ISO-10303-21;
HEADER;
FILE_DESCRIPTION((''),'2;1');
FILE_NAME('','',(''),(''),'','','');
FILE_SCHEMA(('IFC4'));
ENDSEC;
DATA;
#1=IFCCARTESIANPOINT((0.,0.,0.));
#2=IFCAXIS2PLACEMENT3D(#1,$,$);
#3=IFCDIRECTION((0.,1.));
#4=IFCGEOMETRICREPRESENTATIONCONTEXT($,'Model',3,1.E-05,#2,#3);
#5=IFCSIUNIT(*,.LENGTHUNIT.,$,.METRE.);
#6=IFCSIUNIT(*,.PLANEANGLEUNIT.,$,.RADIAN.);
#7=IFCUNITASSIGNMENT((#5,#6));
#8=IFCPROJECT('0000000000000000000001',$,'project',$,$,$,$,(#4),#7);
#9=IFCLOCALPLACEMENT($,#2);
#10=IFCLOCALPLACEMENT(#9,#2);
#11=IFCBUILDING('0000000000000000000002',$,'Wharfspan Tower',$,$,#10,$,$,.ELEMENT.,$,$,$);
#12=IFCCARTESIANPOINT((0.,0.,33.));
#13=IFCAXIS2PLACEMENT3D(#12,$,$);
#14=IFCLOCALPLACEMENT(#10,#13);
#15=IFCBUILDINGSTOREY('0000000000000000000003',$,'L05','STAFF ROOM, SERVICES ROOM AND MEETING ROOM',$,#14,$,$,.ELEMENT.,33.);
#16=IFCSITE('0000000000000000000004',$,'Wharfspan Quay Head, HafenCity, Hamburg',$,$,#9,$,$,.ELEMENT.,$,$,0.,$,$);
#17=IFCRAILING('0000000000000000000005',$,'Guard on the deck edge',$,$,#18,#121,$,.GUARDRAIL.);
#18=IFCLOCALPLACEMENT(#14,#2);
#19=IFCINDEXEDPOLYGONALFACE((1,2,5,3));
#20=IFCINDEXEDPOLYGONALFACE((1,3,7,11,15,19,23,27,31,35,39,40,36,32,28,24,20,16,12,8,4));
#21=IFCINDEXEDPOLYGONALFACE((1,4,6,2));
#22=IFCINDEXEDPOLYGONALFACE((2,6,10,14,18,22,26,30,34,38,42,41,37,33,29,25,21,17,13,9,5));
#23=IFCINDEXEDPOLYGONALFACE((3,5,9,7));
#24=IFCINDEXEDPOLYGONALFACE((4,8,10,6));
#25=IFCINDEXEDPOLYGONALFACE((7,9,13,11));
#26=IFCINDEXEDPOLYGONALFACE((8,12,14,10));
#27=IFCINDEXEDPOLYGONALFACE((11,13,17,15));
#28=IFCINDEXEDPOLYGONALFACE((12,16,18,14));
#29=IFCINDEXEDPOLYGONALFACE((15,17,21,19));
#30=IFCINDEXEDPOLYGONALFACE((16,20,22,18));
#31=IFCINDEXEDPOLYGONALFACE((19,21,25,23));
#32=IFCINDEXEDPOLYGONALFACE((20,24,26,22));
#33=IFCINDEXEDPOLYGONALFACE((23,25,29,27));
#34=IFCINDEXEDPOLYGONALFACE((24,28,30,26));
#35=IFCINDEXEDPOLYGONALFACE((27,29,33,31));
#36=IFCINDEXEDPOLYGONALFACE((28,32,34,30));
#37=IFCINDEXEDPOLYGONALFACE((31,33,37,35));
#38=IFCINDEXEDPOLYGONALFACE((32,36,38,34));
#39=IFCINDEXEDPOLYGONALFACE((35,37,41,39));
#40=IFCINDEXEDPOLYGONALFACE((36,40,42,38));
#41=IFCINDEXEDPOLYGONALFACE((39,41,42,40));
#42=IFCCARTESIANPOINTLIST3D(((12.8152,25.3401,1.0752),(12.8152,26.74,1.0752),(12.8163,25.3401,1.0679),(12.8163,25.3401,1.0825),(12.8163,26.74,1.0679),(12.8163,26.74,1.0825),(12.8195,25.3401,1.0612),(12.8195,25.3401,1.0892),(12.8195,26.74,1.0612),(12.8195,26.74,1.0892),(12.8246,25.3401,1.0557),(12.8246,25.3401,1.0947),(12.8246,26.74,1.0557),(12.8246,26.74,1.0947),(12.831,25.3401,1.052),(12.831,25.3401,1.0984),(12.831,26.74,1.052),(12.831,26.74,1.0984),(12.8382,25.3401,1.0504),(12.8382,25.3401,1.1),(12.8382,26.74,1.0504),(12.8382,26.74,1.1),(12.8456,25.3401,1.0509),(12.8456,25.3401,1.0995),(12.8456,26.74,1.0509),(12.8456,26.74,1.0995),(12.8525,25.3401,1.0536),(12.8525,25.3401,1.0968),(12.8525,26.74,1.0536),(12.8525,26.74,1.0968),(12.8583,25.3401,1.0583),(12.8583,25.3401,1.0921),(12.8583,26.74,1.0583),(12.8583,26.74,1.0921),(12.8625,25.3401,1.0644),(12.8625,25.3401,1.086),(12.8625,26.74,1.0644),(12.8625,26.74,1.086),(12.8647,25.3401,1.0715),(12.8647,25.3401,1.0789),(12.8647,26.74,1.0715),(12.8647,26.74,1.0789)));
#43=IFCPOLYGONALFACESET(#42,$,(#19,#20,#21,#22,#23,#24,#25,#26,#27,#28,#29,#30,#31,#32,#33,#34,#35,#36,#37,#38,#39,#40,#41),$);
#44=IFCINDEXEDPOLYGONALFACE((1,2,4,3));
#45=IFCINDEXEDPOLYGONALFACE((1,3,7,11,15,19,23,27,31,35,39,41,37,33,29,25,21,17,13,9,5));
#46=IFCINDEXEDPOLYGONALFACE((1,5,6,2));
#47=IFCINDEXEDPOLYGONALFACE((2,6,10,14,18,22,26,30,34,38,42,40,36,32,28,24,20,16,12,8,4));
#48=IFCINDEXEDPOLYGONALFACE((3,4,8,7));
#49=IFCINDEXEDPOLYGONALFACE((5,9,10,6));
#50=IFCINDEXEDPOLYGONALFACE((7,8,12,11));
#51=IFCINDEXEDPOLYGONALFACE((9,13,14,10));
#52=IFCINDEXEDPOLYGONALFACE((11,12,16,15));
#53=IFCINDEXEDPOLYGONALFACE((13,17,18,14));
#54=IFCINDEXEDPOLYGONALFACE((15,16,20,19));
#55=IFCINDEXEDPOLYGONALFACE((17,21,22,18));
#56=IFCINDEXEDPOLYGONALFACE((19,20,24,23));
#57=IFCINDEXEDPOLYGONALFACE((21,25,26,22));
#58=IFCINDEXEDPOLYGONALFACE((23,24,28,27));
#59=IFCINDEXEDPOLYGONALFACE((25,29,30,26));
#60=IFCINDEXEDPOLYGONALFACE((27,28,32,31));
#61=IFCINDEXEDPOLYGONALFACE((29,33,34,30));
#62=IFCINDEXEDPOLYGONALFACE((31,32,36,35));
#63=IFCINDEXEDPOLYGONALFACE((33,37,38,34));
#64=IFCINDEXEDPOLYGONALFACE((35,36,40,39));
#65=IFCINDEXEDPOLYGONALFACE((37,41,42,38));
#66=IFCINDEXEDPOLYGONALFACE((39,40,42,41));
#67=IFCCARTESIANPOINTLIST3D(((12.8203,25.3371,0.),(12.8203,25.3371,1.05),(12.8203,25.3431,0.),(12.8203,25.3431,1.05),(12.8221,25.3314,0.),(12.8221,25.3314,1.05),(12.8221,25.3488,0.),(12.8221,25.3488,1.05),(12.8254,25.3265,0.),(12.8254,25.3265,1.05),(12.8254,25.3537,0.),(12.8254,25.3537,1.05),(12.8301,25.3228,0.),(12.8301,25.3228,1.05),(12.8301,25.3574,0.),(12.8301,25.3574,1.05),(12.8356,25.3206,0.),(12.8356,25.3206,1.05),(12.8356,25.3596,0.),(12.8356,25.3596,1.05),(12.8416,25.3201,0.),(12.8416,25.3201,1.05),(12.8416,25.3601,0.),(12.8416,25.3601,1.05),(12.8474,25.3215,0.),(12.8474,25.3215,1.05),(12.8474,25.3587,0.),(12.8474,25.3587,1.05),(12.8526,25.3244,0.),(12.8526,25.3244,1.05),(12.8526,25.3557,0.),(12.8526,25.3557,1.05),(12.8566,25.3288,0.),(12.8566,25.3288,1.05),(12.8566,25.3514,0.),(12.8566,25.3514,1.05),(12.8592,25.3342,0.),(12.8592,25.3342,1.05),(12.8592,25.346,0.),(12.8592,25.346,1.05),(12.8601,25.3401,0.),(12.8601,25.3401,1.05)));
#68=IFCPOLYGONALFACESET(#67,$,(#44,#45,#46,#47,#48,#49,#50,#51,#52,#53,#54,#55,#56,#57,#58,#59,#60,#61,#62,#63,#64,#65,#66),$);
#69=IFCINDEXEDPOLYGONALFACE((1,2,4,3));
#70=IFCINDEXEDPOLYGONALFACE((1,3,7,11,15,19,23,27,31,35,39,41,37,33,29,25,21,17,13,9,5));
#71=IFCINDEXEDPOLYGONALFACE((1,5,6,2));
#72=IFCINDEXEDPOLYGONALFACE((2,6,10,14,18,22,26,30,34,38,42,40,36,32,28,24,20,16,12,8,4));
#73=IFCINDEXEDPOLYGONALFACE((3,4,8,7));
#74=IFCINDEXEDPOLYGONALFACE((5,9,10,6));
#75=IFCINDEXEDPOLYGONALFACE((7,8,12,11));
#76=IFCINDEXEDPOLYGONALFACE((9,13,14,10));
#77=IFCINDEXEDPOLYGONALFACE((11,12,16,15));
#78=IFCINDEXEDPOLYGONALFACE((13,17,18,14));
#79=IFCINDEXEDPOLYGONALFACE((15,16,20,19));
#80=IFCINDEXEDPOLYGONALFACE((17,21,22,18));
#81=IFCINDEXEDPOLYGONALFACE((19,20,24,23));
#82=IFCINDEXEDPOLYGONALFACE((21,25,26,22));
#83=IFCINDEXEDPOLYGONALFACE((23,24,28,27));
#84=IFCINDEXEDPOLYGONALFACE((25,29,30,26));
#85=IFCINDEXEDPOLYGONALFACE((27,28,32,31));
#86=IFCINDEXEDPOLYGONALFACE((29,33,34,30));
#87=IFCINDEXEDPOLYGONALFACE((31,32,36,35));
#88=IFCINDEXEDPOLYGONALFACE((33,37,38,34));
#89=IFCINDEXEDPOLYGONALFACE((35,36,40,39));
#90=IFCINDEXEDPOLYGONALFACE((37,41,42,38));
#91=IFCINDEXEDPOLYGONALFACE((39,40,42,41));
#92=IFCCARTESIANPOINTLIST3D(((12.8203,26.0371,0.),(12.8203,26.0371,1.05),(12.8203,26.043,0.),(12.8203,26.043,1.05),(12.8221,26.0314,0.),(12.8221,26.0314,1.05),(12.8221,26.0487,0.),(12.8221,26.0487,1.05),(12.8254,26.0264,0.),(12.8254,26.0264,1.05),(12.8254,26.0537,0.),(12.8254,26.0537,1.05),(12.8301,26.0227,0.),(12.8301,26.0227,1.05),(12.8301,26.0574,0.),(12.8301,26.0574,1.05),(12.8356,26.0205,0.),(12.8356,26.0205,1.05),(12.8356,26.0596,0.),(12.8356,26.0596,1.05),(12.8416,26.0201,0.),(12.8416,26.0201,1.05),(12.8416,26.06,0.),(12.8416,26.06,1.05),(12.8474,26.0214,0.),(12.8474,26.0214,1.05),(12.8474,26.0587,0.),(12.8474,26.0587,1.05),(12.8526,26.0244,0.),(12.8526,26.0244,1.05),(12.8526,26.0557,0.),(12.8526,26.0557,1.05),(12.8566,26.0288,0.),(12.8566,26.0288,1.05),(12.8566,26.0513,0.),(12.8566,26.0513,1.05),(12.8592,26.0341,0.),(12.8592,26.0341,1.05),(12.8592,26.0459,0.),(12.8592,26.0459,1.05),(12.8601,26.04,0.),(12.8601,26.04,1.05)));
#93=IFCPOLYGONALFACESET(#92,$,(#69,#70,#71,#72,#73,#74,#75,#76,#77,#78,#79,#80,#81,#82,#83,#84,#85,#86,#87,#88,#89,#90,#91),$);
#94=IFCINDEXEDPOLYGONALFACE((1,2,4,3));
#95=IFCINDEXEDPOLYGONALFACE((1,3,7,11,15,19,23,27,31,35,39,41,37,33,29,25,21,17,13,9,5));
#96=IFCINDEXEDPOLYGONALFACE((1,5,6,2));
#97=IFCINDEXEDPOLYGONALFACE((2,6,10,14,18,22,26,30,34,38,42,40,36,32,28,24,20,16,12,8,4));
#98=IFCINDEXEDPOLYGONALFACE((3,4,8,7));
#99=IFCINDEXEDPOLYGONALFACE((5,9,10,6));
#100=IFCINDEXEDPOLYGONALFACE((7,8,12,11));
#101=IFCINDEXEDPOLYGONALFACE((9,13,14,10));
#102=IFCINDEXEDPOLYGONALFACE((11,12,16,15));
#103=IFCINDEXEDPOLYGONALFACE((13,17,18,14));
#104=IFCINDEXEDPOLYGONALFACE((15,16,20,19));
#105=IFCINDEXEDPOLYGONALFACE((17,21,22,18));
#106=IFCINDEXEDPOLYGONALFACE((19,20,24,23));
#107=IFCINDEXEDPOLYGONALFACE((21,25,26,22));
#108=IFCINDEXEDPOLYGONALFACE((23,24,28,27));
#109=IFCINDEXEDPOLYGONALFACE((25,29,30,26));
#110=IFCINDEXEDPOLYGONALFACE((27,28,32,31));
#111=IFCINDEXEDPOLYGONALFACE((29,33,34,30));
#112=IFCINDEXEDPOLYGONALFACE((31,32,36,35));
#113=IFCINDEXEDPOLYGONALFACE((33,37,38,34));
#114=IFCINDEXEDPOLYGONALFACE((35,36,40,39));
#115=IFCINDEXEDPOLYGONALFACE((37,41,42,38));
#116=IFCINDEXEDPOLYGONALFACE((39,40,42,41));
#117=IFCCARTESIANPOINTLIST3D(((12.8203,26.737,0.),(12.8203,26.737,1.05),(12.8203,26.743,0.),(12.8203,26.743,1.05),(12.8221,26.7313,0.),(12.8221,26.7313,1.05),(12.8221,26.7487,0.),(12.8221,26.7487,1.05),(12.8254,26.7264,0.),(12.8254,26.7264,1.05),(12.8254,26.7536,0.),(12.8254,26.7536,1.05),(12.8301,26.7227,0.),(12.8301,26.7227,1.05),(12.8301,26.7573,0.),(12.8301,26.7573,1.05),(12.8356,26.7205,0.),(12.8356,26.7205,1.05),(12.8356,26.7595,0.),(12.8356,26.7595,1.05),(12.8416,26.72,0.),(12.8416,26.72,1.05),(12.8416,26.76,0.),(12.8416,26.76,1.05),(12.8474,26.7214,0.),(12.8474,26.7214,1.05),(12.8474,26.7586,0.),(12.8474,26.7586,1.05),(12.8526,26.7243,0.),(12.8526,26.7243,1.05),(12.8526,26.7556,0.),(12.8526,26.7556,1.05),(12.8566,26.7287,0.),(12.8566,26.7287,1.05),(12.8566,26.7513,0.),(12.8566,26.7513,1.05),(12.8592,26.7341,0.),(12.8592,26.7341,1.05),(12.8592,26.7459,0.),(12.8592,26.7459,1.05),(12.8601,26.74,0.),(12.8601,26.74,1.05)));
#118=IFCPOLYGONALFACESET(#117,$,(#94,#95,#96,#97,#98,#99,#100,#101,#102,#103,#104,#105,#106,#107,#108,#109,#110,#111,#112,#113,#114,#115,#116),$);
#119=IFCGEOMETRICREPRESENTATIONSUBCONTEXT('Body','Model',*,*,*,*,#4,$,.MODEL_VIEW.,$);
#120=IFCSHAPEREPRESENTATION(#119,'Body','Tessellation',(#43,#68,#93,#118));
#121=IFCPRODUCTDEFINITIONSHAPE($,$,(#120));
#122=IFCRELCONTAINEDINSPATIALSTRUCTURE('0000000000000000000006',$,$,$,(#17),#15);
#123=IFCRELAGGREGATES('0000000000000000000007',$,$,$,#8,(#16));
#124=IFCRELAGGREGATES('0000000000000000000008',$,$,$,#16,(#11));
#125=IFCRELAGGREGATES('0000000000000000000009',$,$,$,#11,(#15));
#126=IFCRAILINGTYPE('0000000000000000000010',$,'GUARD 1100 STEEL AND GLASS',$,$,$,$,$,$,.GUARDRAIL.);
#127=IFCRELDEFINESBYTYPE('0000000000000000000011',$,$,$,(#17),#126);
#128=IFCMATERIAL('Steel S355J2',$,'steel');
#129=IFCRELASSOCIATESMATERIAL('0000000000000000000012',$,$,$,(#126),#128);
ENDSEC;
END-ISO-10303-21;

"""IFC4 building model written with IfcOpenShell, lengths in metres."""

from ifc_helpers import new_model, si_unit, direction, frame, origin, origin_2d, place, context, subcontext, project, spatial, circle, extrude, material, type_object, element, save


model = new_model("IFC4")

# Units and contexts
model_context = context("Model", 3, precision=1e-05, world=origin(), true_north=direction((0.0, 1.0)))
body_context = subcontext(model_context, "Body", "Model", "MODEL_VIEW")
ifc_project = project(units=[si_unit("LENGTHUNIT", "METRE"), si_unit("PLANEANGLEUNIT", "RADIAN")], contexts=[model_context])

# Site, building, storey
site_placement = place(None, origin())
site = spatial("IfcSite", under=ifc_project, at=site_placement, Name="Wharfspan Quay Head, HafenCity, Hamburg", CompositionType="ELEMENT", RefElevation=0.0)
building_placement = place(site_placement, origin())
building = spatial("IfcBuilding", under=site, at=building_placement, Name="Wharfspan Tower", CompositionType="ELEMENT")
storey_placement = place(building_placement, frame((0.0, 0.0, 33.0)))
storey = spatial("IfcBuildingStorey", under=building, at=storey_placement, Name="L05", Description="STAFF ROOM, SERVICES ROOM AND MEETING ROOM", CompositionType="ELEMENT", Elevation=33.0)

# Railing
ifc_material_1 = material(Name="Steel S355J2", Category="steel")
railing_type = type_object("IfcRailingType", Name="GUARD 1100 STEEL AND GLASS", PredefinedType="GUARDRAIL", material=ifc_material_1)
railing_1_placement = place(storey_placement, frame((12.8401, 25.3401, 0.0)))
element("IfcRailing", 1, at=railing_1_placement, inside=storey, type_object=railing_type, Name="Guard on the deck edge", PredefinedType="GUARDRAIL", context=body_context, shape_type="SweptSolid", body=[
    extrude(circle(Radius=0.0249, at=origin_2d()), frame((0.0, 0.0, 1.0752), z_axis=(0.0, 1.0, 0.0), x_axis=(-1.0, 0.0, 0.0)), (0.0, 0.0, 1.0), 1.3999),
    extrude(circle(Radius=0.02, at=origin_2d()), origin(), (0.0, 0.0, 1.0), 1.05),
    extrude(circle(Radius=0.02, at=origin_2d()), frame((0.0, 0.7, 0.0)), (0.0, 0.0, 1.0), 1.05),
    extrude(circle(Radius=0.02, at=origin_2d()), frame((0.0, 1.3999, 0.0)), (0.0, 0.0, 1.0), 1.05),
])

save(model, "model.ifc")
